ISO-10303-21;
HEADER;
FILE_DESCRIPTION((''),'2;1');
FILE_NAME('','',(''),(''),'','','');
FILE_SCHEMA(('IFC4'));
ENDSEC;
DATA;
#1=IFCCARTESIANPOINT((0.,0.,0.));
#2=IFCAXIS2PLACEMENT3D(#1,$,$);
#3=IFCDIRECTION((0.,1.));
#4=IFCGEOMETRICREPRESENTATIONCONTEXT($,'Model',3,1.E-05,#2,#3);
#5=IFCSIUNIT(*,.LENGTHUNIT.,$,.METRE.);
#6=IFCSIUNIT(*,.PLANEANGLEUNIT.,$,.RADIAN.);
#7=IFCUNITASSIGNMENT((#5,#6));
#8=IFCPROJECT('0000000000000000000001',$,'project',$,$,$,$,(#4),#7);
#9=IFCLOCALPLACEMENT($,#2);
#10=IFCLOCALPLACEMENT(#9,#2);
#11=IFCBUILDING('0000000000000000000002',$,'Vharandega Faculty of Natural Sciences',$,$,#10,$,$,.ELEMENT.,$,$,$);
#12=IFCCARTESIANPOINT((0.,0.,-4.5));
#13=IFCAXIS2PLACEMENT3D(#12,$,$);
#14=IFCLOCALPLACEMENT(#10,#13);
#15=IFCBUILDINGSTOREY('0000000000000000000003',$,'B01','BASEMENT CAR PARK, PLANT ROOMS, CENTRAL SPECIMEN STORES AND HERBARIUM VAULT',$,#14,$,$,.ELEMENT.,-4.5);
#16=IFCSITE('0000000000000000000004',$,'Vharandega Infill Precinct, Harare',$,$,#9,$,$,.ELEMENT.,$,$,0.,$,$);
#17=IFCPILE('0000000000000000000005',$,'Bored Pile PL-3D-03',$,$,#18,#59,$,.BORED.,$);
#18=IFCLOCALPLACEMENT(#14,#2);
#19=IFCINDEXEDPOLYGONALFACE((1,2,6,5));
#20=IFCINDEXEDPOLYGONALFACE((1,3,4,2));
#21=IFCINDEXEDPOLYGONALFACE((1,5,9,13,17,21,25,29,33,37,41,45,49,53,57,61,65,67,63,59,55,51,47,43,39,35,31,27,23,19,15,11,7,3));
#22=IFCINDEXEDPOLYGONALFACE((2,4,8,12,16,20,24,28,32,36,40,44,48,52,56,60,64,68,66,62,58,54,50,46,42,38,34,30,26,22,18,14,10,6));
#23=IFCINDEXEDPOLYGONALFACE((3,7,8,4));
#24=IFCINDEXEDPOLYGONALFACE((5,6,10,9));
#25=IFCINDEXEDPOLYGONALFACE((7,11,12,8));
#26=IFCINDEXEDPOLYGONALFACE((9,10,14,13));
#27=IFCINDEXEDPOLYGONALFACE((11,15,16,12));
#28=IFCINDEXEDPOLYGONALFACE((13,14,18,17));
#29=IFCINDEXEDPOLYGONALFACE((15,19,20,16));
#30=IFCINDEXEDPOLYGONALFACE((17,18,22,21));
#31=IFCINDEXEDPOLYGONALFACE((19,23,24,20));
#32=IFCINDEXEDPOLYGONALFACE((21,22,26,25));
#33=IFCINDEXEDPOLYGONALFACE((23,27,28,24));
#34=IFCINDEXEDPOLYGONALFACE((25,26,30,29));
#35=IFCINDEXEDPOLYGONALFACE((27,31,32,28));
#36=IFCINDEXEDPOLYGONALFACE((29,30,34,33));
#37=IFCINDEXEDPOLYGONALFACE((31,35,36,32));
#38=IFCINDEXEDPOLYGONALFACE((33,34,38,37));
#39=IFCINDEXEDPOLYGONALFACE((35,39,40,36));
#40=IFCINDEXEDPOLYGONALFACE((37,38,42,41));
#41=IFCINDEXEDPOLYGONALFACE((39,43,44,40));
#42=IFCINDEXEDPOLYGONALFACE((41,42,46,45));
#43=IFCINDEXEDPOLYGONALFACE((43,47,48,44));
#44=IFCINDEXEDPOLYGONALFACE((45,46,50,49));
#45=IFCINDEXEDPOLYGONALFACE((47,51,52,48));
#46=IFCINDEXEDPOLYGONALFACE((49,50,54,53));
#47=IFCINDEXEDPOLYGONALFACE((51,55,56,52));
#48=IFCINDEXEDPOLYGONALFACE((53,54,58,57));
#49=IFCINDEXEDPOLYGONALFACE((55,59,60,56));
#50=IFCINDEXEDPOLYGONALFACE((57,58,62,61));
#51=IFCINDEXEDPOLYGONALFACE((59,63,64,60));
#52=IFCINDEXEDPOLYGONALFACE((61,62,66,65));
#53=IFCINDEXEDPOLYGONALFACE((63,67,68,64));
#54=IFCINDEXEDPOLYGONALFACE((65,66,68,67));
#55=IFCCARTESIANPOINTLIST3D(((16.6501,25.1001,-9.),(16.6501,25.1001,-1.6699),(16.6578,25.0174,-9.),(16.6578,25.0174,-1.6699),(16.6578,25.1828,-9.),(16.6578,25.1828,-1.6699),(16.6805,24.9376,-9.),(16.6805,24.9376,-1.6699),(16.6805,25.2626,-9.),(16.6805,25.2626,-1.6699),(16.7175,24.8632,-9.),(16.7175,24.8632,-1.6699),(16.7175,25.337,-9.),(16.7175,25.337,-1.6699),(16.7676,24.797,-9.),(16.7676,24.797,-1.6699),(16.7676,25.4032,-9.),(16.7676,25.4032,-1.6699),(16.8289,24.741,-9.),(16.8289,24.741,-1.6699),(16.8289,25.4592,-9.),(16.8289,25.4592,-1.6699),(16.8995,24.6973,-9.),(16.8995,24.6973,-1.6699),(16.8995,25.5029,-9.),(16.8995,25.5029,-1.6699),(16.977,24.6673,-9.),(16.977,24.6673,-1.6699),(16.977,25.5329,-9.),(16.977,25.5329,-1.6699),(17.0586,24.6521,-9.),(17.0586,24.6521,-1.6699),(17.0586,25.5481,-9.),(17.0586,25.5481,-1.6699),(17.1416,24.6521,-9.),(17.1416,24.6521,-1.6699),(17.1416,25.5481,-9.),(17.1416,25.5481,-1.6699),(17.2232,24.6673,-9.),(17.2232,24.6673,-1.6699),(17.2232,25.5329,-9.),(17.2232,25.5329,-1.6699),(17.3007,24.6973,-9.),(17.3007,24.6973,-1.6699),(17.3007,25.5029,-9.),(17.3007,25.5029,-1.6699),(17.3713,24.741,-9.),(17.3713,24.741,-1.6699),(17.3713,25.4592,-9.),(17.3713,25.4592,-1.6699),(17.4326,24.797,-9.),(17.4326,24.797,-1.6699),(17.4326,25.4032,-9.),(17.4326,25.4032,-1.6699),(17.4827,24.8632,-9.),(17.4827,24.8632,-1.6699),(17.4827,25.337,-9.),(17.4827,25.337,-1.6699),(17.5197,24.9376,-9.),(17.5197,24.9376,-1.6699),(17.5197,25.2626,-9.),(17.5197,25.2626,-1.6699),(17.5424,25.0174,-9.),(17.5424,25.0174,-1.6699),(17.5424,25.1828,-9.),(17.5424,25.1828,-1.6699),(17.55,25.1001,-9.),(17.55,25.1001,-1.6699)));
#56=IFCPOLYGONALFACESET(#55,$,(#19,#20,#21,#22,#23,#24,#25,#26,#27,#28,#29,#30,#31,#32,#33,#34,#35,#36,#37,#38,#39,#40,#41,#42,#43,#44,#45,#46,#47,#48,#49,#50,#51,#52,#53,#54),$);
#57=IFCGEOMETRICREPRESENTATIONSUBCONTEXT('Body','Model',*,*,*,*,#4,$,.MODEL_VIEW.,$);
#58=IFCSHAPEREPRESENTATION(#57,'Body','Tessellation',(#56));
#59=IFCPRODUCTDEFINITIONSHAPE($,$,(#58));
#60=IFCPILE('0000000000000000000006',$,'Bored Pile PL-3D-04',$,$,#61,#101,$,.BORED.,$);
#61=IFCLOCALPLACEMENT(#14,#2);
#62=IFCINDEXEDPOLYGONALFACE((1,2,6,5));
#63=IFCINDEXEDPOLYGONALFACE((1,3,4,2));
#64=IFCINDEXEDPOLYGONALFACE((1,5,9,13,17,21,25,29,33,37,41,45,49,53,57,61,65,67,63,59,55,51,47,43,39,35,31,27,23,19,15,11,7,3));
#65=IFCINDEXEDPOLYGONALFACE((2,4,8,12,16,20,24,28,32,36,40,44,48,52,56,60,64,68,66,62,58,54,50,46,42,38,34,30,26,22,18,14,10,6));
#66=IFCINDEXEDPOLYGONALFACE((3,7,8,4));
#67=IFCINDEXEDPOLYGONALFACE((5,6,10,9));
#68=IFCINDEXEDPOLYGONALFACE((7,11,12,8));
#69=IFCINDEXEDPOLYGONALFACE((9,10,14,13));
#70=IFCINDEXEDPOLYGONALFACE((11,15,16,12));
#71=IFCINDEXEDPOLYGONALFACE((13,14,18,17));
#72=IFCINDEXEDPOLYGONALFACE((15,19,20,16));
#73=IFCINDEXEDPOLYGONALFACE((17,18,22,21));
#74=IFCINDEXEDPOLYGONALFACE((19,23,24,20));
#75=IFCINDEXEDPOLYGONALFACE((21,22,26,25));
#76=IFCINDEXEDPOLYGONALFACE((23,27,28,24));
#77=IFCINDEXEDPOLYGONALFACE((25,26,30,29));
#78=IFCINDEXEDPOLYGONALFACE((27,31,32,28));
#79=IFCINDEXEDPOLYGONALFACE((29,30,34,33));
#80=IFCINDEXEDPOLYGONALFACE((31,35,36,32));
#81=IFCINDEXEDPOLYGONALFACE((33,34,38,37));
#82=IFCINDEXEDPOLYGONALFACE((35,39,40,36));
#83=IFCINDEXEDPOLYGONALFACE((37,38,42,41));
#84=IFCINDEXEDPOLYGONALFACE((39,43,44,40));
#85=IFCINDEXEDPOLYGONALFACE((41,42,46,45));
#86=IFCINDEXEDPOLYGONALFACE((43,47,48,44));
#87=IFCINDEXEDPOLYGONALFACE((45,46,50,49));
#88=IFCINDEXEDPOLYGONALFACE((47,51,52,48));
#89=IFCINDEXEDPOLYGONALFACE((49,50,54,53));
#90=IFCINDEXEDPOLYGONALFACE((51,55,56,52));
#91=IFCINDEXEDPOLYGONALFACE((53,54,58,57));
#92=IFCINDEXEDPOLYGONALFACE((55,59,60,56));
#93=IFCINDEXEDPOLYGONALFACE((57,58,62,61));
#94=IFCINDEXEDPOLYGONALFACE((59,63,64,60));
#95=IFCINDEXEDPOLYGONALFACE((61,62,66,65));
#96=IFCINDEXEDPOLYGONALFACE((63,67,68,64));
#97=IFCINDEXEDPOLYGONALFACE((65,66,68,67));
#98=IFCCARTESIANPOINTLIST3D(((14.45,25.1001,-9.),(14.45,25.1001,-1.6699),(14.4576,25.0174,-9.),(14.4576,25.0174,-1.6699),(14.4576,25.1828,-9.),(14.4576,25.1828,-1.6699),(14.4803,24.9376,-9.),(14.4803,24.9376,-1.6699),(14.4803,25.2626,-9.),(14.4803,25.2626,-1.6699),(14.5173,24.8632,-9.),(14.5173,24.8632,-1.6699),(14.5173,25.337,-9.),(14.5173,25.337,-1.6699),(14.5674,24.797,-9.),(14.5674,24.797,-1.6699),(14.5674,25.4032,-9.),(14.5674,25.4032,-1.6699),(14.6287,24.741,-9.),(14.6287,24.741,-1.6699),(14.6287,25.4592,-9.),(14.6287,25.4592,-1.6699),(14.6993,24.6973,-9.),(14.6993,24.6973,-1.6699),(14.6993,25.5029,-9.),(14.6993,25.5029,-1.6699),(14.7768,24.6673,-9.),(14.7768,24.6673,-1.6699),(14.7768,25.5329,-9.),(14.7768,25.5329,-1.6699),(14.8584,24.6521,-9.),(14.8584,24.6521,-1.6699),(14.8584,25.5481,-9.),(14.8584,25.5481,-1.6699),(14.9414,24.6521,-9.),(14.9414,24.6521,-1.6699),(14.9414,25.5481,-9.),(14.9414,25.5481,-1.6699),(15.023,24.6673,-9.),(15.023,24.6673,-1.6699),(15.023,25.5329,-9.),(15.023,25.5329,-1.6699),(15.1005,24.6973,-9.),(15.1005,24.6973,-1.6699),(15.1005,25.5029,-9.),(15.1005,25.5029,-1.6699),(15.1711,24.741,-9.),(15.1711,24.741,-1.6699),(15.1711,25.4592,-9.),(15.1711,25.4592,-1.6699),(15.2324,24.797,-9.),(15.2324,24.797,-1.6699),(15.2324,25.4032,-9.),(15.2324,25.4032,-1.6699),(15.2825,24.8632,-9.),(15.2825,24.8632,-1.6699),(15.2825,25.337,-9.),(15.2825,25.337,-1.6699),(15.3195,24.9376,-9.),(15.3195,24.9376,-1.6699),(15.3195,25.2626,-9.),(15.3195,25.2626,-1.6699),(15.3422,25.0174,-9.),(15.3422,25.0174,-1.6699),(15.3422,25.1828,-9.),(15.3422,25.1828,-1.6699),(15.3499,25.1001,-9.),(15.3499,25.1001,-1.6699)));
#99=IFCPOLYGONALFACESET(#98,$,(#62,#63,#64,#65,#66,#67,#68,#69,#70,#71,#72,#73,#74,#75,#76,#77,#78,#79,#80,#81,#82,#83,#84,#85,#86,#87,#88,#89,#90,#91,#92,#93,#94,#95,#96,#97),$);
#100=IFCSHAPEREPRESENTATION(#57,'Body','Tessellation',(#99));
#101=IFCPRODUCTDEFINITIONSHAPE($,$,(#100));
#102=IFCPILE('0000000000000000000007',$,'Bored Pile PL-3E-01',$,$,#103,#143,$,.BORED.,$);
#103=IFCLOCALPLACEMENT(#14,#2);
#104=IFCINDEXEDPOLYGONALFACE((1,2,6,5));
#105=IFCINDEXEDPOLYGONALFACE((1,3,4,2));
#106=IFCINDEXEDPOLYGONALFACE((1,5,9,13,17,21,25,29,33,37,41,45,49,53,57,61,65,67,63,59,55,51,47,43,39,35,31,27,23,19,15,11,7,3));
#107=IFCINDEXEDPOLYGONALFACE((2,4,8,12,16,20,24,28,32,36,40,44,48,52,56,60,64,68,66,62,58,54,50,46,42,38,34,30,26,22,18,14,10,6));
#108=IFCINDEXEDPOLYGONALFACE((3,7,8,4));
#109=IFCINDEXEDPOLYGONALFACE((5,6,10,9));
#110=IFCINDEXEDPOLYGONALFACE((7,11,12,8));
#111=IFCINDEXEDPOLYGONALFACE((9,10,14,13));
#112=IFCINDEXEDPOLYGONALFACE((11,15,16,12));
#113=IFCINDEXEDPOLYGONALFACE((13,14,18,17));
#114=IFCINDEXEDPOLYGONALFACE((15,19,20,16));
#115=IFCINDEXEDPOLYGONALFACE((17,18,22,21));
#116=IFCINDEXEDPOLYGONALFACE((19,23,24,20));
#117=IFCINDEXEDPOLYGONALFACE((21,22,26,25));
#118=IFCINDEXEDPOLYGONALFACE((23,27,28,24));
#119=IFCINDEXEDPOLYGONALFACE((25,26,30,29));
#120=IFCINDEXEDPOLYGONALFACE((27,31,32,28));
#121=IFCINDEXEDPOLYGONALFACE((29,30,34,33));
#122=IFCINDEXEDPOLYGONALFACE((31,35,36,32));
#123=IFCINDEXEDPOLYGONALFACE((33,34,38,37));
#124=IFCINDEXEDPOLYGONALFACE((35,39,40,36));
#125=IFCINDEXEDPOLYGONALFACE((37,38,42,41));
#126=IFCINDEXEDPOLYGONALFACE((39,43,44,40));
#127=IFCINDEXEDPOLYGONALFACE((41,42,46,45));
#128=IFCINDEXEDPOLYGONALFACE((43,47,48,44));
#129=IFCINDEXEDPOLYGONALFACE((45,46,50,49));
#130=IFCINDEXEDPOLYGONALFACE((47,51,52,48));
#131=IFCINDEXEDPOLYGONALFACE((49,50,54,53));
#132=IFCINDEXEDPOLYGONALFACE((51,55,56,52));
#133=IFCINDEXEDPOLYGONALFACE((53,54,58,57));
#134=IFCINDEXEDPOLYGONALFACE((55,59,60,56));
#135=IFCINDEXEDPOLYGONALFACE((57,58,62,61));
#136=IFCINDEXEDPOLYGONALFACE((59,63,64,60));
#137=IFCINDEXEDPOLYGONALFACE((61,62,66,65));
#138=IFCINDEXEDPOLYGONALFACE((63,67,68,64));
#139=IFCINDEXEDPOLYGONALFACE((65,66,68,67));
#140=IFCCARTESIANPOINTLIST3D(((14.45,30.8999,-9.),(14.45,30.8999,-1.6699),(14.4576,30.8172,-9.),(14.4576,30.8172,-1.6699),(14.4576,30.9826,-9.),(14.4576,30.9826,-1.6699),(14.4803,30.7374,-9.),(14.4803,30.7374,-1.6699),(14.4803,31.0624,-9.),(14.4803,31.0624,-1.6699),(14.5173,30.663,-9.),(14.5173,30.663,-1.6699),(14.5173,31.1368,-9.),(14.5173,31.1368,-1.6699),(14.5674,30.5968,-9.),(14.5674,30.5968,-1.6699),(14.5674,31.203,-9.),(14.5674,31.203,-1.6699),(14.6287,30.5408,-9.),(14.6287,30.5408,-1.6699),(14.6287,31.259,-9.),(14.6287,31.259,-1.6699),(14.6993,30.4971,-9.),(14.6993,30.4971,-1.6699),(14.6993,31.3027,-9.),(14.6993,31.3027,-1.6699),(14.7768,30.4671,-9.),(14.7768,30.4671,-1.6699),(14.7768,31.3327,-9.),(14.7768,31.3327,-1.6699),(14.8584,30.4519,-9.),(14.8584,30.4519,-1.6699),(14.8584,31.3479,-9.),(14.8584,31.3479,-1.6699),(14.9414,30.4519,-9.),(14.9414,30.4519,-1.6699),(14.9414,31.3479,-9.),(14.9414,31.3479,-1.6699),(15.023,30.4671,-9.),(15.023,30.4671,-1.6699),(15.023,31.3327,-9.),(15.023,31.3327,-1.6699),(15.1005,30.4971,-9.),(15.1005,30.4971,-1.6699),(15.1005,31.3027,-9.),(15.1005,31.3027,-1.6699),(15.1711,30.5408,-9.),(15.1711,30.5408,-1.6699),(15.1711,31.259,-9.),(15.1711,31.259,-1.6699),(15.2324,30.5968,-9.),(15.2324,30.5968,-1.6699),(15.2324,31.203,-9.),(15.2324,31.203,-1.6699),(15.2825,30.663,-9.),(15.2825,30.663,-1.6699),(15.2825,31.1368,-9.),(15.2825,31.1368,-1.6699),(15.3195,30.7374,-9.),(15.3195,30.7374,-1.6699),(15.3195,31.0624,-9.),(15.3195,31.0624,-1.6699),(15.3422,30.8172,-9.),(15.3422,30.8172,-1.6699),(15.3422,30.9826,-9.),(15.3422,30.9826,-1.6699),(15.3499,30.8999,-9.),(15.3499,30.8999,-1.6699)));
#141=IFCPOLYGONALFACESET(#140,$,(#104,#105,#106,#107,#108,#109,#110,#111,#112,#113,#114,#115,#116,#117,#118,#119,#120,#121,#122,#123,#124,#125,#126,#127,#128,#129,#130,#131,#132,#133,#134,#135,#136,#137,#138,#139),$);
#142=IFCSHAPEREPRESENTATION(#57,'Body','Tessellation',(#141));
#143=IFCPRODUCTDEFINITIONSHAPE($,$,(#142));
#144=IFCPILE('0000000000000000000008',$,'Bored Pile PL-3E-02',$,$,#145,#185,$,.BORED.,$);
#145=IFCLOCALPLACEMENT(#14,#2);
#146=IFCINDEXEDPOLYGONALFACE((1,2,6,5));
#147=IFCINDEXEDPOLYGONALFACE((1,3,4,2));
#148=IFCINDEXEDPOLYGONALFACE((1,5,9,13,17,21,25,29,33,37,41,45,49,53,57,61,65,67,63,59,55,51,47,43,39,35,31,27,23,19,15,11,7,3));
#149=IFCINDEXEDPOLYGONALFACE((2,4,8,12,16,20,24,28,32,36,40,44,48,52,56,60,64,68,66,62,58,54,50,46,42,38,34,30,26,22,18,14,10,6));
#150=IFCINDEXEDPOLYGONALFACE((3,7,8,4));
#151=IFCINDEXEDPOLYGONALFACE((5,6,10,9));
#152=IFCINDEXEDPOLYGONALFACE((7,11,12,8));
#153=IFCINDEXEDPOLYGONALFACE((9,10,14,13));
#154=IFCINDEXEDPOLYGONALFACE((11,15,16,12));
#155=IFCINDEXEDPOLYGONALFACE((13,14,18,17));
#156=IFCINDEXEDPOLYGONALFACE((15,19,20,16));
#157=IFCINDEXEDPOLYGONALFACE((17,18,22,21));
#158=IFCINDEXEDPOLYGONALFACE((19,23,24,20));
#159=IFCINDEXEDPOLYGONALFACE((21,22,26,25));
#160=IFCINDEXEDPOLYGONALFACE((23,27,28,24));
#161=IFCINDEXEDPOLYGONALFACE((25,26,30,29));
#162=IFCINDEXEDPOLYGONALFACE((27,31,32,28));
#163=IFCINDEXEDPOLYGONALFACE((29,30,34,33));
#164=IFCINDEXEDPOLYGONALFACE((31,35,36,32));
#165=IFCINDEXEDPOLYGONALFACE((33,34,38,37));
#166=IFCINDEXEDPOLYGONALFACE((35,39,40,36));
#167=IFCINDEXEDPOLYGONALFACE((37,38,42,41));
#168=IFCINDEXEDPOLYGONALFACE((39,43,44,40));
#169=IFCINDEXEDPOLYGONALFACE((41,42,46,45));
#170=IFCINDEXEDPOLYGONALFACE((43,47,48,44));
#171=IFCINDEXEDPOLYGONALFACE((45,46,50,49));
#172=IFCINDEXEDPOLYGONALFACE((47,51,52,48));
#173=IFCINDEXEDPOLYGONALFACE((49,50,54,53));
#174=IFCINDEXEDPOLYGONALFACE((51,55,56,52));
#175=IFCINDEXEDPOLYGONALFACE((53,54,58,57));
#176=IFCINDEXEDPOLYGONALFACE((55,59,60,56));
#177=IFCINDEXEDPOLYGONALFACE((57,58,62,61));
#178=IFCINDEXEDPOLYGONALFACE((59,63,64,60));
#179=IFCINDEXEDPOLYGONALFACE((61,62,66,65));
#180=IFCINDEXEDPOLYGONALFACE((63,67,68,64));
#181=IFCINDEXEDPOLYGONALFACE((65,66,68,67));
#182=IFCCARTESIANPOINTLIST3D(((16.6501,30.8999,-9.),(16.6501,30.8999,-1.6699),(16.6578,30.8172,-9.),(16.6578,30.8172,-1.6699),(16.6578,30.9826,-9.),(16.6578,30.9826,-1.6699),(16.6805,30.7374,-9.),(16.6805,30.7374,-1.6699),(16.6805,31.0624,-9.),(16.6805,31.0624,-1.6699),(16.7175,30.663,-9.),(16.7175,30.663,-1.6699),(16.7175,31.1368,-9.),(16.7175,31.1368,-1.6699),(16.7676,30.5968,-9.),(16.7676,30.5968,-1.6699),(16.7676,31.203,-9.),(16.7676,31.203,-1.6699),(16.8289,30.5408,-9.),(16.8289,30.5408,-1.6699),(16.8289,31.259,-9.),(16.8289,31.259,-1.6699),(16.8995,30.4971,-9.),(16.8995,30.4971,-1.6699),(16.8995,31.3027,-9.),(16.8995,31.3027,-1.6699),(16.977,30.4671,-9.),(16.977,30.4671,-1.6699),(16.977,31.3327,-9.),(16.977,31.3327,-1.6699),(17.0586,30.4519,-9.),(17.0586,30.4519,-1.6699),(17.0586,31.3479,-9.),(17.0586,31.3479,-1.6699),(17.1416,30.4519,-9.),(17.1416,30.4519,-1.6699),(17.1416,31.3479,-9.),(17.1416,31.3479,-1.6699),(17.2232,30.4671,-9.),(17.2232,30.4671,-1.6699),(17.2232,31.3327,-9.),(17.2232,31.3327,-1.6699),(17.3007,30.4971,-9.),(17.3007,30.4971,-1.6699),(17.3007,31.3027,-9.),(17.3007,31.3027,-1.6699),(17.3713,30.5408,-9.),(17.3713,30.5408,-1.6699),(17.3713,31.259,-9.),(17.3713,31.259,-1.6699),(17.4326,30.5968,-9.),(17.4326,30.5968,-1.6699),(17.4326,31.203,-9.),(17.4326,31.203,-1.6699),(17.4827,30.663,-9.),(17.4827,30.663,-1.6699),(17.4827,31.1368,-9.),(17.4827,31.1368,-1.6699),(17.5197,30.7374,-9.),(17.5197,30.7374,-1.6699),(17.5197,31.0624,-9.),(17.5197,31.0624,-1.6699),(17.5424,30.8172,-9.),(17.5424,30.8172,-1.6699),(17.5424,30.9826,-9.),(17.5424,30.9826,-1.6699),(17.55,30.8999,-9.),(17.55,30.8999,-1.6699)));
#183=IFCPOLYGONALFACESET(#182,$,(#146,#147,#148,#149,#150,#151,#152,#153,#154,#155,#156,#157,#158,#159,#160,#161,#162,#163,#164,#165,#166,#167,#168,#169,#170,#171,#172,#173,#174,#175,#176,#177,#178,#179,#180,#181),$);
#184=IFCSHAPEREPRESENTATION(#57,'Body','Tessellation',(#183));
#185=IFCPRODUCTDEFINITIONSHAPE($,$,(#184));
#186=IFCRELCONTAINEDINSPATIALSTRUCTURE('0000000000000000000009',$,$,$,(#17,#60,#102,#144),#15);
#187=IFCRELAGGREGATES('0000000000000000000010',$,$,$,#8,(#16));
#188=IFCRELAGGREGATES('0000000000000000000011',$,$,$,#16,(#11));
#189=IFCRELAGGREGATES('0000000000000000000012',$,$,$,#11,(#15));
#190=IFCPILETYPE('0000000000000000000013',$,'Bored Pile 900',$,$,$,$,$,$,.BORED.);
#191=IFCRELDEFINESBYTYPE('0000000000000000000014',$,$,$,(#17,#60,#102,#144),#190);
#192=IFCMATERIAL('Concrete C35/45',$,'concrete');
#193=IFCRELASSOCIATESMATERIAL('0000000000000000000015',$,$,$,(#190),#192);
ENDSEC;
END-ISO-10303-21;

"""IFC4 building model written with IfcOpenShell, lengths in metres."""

from ifc_helpers import new_model, si_unit, direction, frame, origin, origin_2d, place, context, subcontext, project, spatial, circle, extrude, material, material_profile, profile_set, type_object, element, save


model = new_model("IFC4")

# Units and contexts
model_context = context("Model", 3, precision=1e-05, world=origin(), true_north=direction((0.0, 1.0)))
body_context = subcontext(model_context, "Body", "Model", "MODEL_VIEW")
ifc_project = project(units=[si_unit("LENGTHUNIT", "METRE"), si_unit("PLANEANGLEUNIT", "RADIAN")], contexts=[model_context])

# Site, building, storey
site_placement = place(None, origin())
site = spatial("IfcSite", under=ifc_project, at=site_placement, Name="Vharandega Infill Precinct, Harare", CompositionType="ELEMENT", RefElevation=0.0)
building_placement = place(site_placement, origin())
building = spatial("IfcBuilding", under=site, at=building_placement, Name="Vharandega Faculty of Natural Sciences", CompositionType="ELEMENT")
storey_placement = place(building_placement, frame((0.0, 0.0, -4.5)))
storey = spatial("IfcBuildingStorey", under=building, at=storey_placement, Name="B01", Description="BASEMENT CAR PARK, PLANT ROOMS, CENTRAL SPECIMEN STORES AND HERBARIUM VAULT", CompositionType="ELEMENT", Elevation=-4.5)

# Piles
ifc_material_1 = material(Name="Concrete C35/45", Category="concrete")
ifc_material_profile_1 = material_profile(ifc_material_1, circle(Radius=0.45, at=origin_2d()), Name="PILE 900")
ifc_profile_set_1 = profile_set([ifc_material_profile_1], Name="Concrete C35/45")
pile_type = type_object("IfcPileType", Name="Bored Pile 900", PredefinedType="BORED", material=ifc_profile_set_1)
for number, where, z_axis, x_axis, name in (
    (1, (17.1001, 25.1001, -1.6699), (0.0, 0.0, -1.0), (1.0, 0.0, 0.0), "Bored Pile PL-3D-03"),
    (2, (14.8999, 25.1001, -1.6699), (0.0, 0.0, -1.0), (1.0, 0.0, 0.0), "Bored Pile PL-3D-04"),
    (3, (14.8999, 30.8999, -1.6699), (0.0, 0.0, -1.0), (1.0, 0.0, 0.0), "Bored Pile PL-3E-01"),
    (4, (17.1001, 30.8999, -1.6699), (0.0, 0.0, -1.0), (1.0, 0.0, 0.0), "Bored Pile PL-3E-02"),
):
    element("IfcPile", number, at=place(storey_placement, frame(where, z_axis=z_axis, x_axis=x_axis)), inside=storey, type_object=pile_type, Name=name, PredefinedType="BORED", context=body_context, shape_type="SweptSolid", body=[
        extrude(circle(Radius=0.45, at=origin_2d()), origin(), (0.0, 0.0, 1.0), 7.3301),
    ])

save(model, "model.ifc")
